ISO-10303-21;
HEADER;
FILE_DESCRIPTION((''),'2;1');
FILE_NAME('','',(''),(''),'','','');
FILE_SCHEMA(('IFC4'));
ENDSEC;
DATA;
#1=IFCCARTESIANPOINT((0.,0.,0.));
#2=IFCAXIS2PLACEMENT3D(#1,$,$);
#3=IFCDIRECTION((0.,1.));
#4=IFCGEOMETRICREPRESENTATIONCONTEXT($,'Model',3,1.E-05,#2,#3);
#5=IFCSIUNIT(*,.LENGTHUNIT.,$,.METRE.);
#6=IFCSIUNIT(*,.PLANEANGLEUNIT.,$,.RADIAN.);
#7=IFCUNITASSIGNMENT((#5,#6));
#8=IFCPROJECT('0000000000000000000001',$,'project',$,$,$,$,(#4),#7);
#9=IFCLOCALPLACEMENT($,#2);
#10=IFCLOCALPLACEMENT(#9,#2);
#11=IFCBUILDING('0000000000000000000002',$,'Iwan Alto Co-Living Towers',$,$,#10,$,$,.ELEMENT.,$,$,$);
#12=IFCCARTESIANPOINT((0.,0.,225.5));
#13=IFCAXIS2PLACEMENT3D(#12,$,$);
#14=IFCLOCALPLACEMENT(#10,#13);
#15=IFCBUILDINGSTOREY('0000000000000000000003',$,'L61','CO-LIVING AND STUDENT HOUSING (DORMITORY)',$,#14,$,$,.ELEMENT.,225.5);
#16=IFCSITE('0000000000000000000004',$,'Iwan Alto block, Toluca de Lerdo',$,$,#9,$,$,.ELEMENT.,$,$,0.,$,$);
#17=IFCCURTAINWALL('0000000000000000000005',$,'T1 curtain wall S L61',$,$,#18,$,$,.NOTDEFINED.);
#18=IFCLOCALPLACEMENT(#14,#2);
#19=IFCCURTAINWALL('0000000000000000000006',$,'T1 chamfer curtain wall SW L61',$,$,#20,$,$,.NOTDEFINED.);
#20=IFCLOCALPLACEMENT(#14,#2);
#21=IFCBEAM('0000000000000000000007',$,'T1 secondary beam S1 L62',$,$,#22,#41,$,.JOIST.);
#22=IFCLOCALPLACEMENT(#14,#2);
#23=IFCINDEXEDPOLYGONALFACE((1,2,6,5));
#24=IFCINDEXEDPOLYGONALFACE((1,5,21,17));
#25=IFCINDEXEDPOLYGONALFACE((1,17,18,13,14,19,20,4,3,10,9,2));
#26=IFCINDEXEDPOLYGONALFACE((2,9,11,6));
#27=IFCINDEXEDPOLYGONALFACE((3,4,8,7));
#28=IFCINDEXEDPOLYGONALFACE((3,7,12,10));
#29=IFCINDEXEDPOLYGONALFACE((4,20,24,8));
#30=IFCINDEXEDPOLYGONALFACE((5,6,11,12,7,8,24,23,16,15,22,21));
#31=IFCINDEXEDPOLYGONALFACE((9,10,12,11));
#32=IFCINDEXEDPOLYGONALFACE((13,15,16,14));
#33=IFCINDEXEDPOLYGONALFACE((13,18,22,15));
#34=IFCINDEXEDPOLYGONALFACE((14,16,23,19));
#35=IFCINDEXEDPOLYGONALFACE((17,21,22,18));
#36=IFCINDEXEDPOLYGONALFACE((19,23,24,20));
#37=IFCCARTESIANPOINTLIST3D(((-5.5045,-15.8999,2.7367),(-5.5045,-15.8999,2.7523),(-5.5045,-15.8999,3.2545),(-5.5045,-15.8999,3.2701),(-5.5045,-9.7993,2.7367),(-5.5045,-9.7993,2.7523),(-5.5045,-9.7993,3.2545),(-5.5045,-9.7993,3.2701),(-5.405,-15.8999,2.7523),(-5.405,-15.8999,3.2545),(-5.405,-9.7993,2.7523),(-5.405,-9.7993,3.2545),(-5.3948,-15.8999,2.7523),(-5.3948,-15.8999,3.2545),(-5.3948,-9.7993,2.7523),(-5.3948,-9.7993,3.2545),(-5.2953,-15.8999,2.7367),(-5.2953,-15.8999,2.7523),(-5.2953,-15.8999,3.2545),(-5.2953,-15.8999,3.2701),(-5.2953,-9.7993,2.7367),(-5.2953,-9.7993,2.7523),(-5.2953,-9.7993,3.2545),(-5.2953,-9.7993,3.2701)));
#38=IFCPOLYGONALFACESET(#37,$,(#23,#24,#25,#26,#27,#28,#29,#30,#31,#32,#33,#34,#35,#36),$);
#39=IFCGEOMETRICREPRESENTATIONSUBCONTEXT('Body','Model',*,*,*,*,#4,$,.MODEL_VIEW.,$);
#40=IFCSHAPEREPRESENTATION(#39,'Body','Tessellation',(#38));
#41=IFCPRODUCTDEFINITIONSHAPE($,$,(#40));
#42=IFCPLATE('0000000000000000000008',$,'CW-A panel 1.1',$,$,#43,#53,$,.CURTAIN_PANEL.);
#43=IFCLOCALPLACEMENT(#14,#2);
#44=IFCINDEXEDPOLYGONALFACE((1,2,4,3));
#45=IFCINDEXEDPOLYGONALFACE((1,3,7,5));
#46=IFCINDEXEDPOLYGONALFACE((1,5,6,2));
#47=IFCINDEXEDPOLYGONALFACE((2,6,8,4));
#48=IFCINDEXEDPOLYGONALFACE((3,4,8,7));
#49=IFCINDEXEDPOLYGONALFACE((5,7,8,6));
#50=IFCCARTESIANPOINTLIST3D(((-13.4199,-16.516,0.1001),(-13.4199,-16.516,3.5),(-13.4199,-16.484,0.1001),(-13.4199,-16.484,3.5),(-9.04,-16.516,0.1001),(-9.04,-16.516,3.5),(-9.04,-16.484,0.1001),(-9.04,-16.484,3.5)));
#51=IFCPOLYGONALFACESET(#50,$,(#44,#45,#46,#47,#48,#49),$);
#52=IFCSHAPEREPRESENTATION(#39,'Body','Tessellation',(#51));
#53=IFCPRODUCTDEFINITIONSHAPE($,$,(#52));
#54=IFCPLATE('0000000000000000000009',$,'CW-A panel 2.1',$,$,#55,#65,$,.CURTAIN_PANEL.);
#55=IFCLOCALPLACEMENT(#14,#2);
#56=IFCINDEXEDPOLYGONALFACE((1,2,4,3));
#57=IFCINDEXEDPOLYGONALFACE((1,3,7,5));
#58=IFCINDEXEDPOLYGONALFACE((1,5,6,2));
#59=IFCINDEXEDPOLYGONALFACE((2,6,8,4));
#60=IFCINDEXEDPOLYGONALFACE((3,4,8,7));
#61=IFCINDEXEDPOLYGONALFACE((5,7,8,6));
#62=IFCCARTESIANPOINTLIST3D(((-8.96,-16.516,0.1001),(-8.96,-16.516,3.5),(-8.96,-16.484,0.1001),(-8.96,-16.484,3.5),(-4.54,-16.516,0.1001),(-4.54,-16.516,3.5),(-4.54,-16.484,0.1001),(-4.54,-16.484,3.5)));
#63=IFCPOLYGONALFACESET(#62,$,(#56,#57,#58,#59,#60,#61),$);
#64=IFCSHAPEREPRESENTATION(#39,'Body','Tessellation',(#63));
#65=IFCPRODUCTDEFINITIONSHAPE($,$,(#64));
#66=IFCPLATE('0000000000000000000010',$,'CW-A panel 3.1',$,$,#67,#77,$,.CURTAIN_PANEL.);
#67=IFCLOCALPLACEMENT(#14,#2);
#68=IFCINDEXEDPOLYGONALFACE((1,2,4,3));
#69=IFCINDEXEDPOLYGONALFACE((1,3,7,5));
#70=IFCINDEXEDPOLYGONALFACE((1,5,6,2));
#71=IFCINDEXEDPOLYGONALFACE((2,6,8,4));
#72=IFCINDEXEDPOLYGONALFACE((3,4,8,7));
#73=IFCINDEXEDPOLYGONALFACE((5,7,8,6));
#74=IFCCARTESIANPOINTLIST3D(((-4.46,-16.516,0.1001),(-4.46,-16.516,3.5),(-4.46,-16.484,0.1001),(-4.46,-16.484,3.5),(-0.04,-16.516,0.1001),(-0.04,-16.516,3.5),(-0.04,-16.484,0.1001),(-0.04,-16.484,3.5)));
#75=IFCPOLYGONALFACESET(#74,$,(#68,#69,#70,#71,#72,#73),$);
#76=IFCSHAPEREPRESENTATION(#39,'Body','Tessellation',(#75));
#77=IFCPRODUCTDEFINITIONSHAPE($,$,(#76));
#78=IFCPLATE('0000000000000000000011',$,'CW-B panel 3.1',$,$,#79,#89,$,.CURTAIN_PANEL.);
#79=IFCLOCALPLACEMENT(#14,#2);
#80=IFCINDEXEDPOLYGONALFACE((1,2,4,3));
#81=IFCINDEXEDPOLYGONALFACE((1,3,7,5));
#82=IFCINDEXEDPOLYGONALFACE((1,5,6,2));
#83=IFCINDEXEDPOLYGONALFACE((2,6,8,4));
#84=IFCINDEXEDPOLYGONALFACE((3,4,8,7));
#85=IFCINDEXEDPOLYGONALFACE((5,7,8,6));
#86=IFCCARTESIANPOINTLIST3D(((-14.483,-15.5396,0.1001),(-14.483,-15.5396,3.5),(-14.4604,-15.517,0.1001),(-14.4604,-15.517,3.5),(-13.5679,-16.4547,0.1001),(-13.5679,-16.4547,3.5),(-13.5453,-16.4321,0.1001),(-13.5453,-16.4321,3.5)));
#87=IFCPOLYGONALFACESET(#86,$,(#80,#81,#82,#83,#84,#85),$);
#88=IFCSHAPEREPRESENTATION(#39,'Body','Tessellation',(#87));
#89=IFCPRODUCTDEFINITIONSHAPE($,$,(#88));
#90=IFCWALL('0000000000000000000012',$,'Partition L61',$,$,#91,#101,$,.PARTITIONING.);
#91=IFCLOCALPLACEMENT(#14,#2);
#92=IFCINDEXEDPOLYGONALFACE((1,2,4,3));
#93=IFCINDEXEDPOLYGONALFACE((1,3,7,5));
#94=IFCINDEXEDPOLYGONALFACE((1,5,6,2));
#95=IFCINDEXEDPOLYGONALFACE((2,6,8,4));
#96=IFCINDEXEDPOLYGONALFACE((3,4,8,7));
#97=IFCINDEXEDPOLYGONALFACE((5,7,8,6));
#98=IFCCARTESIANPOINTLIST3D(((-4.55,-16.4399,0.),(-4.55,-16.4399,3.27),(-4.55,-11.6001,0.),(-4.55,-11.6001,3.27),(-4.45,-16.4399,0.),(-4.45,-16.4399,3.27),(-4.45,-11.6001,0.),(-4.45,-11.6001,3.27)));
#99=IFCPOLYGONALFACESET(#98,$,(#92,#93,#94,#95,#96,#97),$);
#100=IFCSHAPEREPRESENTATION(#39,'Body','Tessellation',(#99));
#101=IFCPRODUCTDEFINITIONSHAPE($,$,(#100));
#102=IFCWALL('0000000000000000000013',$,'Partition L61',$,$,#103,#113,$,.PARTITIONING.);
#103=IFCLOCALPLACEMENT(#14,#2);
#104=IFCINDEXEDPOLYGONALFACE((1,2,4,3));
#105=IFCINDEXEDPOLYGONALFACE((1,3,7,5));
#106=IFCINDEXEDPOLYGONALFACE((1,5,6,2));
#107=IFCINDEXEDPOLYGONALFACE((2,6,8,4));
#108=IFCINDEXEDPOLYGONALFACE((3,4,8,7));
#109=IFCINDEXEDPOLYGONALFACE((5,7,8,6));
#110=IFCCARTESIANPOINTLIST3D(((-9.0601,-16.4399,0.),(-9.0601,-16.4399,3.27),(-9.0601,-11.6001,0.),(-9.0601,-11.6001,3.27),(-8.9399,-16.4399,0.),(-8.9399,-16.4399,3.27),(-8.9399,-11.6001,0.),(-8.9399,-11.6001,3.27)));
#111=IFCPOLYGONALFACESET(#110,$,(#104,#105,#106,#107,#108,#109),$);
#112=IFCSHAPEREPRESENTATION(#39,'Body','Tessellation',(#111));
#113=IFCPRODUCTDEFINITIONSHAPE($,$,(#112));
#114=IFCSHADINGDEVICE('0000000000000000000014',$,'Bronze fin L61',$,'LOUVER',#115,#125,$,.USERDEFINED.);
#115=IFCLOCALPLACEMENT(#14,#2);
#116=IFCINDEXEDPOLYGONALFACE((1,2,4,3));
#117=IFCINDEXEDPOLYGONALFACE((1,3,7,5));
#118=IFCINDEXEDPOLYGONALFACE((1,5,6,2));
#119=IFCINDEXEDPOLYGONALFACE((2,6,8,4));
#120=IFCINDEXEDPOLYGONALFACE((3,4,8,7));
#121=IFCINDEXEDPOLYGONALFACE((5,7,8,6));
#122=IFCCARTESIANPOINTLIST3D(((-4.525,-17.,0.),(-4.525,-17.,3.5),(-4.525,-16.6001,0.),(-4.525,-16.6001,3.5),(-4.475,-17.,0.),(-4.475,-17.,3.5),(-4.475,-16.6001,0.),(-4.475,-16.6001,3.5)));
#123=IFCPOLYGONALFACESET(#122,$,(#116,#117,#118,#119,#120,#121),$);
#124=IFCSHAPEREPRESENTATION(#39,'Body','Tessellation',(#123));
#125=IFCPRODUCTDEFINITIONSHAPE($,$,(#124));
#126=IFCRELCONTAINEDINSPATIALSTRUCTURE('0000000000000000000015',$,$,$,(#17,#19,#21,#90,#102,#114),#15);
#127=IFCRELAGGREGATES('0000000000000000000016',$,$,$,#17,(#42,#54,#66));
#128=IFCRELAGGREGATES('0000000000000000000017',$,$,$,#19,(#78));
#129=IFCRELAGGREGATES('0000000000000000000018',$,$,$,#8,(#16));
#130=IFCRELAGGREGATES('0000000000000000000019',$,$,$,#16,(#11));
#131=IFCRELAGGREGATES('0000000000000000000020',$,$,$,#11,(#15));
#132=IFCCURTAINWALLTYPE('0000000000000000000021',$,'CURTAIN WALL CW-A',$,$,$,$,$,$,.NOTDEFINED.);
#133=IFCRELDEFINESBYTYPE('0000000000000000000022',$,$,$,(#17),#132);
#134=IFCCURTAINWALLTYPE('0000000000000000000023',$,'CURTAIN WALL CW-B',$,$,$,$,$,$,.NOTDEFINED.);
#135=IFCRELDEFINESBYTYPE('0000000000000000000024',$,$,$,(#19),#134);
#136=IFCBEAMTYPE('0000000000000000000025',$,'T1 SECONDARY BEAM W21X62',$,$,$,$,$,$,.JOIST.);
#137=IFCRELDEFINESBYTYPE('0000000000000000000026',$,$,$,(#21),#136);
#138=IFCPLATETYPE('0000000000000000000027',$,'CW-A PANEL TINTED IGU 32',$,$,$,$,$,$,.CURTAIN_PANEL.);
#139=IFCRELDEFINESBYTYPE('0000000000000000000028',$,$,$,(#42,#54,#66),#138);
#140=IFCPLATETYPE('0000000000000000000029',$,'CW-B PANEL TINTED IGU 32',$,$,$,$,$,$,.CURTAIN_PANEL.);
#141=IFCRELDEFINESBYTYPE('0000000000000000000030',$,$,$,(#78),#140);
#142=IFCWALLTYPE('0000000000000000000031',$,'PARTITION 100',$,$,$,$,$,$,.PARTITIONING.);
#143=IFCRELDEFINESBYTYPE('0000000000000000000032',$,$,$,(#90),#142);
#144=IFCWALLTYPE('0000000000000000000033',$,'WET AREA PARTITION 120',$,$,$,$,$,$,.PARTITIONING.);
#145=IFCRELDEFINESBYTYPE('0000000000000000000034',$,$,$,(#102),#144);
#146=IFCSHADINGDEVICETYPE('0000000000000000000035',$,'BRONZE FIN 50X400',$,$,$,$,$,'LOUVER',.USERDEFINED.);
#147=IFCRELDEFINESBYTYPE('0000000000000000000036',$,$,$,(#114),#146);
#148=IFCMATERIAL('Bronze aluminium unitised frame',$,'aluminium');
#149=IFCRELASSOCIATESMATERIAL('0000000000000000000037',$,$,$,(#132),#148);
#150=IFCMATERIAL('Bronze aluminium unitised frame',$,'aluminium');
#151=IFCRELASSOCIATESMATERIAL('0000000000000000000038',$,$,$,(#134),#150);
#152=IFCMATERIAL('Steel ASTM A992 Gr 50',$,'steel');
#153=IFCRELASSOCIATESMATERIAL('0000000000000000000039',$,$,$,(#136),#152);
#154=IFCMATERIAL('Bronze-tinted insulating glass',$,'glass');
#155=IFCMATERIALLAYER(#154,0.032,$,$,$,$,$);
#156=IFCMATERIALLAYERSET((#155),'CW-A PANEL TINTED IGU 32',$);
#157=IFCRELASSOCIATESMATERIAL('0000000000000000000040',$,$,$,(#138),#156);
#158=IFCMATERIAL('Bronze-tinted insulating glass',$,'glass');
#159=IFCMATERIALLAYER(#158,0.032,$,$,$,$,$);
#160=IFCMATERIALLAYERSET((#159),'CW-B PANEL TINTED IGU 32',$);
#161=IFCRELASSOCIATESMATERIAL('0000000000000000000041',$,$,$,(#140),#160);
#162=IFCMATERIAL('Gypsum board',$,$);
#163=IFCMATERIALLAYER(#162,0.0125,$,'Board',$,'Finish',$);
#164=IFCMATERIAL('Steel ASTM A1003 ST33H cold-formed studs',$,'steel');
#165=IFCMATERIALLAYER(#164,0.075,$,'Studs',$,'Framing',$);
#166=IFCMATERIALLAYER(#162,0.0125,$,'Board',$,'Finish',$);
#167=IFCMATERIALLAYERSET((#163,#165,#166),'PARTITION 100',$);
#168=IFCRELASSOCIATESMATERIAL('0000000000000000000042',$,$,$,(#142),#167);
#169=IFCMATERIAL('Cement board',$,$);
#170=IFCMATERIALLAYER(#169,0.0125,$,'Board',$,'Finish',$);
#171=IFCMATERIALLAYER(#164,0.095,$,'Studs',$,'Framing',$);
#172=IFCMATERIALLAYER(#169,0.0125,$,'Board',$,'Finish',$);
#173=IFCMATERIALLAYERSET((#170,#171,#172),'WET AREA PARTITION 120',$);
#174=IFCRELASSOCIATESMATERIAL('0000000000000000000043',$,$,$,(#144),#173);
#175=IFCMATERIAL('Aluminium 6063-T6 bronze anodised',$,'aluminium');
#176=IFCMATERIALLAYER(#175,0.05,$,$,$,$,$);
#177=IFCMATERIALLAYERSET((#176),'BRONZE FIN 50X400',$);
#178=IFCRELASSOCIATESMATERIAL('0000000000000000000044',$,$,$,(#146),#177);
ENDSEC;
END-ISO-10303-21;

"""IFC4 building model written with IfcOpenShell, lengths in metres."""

from ifc_helpers import new_model, si_unit, direction, frame, frame_2d, origin, origin_2d, place, context, subcontext, project, spatial, rectangle, i_section, extrude, material, layer, layer_set, material_profile, profile_set, type_object, element, aggregate, save


model = new_model("IFC4")

# Units and contexts
model_context = context("Model", 3, precision=1e-05, world=origin(), true_north=direction((0.0, 1.0)))
body_context = subcontext(model_context, "Body", "Model", "MODEL_VIEW")
ifc_project = project(units=[si_unit("LENGTHUNIT", "METRE"), si_unit("PLANEANGLEUNIT", "RADIAN")], contexts=[model_context])

# Site, building, storey
site_placement = place(None, origin())
site = spatial("IfcSite", under=ifc_project, at=site_placement, Name="Iwan Alto block, Toluca de Lerdo", CompositionType="ELEMENT", RefElevation=0.0)
building_placement = place(site_placement, origin())
building = spatial("IfcBuilding", under=site, at=building_placement, Name="Iwan Alto Co-Living Towers", CompositionType="ELEMENT")
storey_placement = place(building_placement, frame((0.0, 0.0, 225.5)))
storey = spatial("IfcBuildingStorey", under=building, at=storey_placement, Name="L61", Description="CO-LIVING AND STUDENT HOUSING (DORMITORY)", CompositionType="ELEMENT", Elevation=225.5)

# Curtain wall
ifc_material_1 = material(Name="Bronze aluminium unitised frame", Category="aluminium")
curtain_wall_type_1 = type_object("IfcCurtainWallType", Name="CURTAIN WALL CW-A", PredefinedType="NOTDEFINED", material=ifc_material_1)
curtain_wall_1_placement = place(storey_placement, origin())
curtain_wall_1 = element("IfcCurtainWall", 1, at=curtain_wall_1_placement, inside=storey, type_object=curtain_wall_type_1, Name="T1 curtain wall S L61", PredefinedType="NOTDEFINED")

# Curtain wall
ifc_material_2 = material(Name="Bronze aluminium unitised frame", Category="aluminium")
curtain_wall_type_2 = type_object("IfcCurtainWallType", Name="CURTAIN WALL CW-B", PredefinedType="NOTDEFINED", material=ifc_material_2)
curtain_wall_2_placement = place(storey_placement, origin())
curtain_wall_2 = element("IfcCurtainWall", 2, at=curtain_wall_2_placement, inside=storey, type_object=curtain_wall_type_2, Name="T1 chamfer curtain wall SW L61", PredefinedType="NOTDEFINED")

# Beam
ifc_material_3 = material(Name="Steel ASTM A992 Gr 50", Category="steel")
ifc_material_profile_1 = material_profile(ifc_material_3, i_section(OverallWidth=0.2092, OverallDepth=0.5334, WebThickness=0.0103, FlangeThickness=0.0156, at=origin_2d()), Name="W21X62")
ifc_profile_set_1 = profile_set([ifc_material_profile_1], Name="Steel ASTM A992 Gr 50")
beam_type_1 = type_object("IfcBeamType", Name="T1 SECONDARY BEAM W21X62", PredefinedType="JOIST", material=ifc_profile_set_1)
beam_1_placement = place(storey_placement, frame((-5.3999, -15.8999, 3.0034), z_axis=(0.0, 1.0, 0.0), x_axis=(-1.0, 0.0, 0.0)))
element("IfcBeam", 3, at=beam_1_placement, inside=storey, type_object=beam_type_1, Name="T1 secondary beam S1 L62", PredefinedType="JOIST", context=body_context, shape_type="SweptSolid", body=[
    extrude(i_section(OverallWidth=0.2092, OverallDepth=0.5334, WebThickness=0.0103, FlangeThickness=0.0156, at=origin_2d()), origin(), (0.0, 0.0, 1.0), 6.1006),
])

# Plates
ifc_material_4 = material(Name="Bronze-tinted insulating glass", Category="glass")
ifc_layer_1 = layer(ifc_material_4, 0.032)
ifc_layer_set_1 = layer_set([ifc_layer_1], Name="CW-A PANEL TINTED IGU 32")
plate_type_1 = type_object("IfcPlateType", Name="CW-A PANEL TINTED IGU 32", PredefinedType="CURTAIN_PANEL", material=ifc_layer_set_1)
plate_1_placement = place(storey_placement, frame((-11.23, -16.5, 0.1001), z_axis=(0.0, 0.0, 1.0), x_axis=(1.0, 0.0, 0.0)))
plate_1 = element("IfcPlate", 4, at=plate_1_placement, type_object=plate_type_1, Name="CW-A panel 1.1", PredefinedType="CURTAIN_PANEL", context=body_context, shape_type="SweptSolid", body=[
    extrude(rectangle(XDim=4.3799, YDim=0.032, at=origin_2d()), origin(), (0.0, 0.0, 1.0), 3.3999),
])
plate_2_placement = place(storey_placement, frame((-6.75, -16.5, 0.1001), z_axis=(0.0, 0.0, 1.0), x_axis=(1.0, 0.0, 0.0)))
plate_2 = element("IfcPlate", 5, at=plate_2_placement, type_object=plate_type_1, Name="CW-A panel 2.1", PredefinedType="CURTAIN_PANEL", context=body_context, shape_type="SweptSolid", body=[
    extrude(rectangle(XDim=4.4199, YDim=0.032, at=origin_2d()), origin(), (0.0, 0.0, 1.0), 3.3999),
])
plate_3_placement = place(storey_placement, frame((-2.25, -16.5, 0.1001), z_axis=(0.0, 0.0, 1.0), x_axis=(1.0, 0.0, 0.0)))
plate_3 = element("IfcPlate", 6, at=plate_3_placement, type_object=plate_type_1, Name="CW-A panel 3.1", PredefinedType="CURTAIN_PANEL", context=body_context, shape_type="SweptSolid", body=[
    extrude(rectangle(XDim=4.4199, YDim=0.032, at=origin_2d()), origin(), (0.0, 0.0, 1.0), 3.3999),
])
aggregate(curtain_wall_1, [plate_1, plate_2, plate_3])
ifc_material_5 = material(Name="Bronze-tinted insulating glass", Category="glass")
ifc_layer_2 = layer(ifc_material_5, 0.032)
ifc_layer_set_2 = layer_set([ifc_layer_2], Name="CW-B PANEL TINTED IGU 32")
plate_type_2 = type_object("IfcPlateType", Name="CW-B PANEL TINTED IGU 32", PredefinedType="CURTAIN_PANEL", material=ifc_layer_set_2)
plate_4_placement = place(storey_placement, frame((-14.0142, -15.9858, 0.1001), z_axis=(0.0, 0.0, 1.0), x_axis=(0.707107, -0.707107, 0.0)))
plate_4 = element("IfcPlate", 7, at=plate_4_placement, type_object=plate_type_2, Name="CW-B panel 3.1", PredefinedType="CURTAIN_PANEL", context=body_context, shape_type="SweptSolid", body=[
    extrude(rectangle(XDim=1.2942, YDim=0.032, at=origin_2d()), origin(), (0.0, 0.0, 1.0), 3.3999),
])
aggregate(curtain_wall_2, [plate_4])

# Walls
ifc_material_6 = material(Name="Gypsum board")
ifc_layer_3 = layer(ifc_material_6, 0.0125, Name="Board", Category="Finish")
ifc_material_7 = material(Name="Steel ASTM A1003 ST33H cold-formed studs", Category="steel")
ifc_layer_4 = layer(ifc_material_7, 0.075, Name="Studs", Category="Framing")
ifc_layer_5 = layer(ifc_material_6, 0.0125, Name="Board", Category="Finish")
ifc_layer_set_3 = layer_set([ifc_layer_3, ifc_layer_4, ifc_layer_5], Name="PARTITION 100")
wall_type_1 = type_object("IfcWallType", Name="PARTITION 100", PredefinedType="PARTITIONING", material=ifc_layer_set_3)
wall_1_placement = place(storey_placement, frame((-4.5, -16.4399, 0.0), z_axis=(0.0, 0.0, 1.0), x_axis=(0.0, 1.0, 0.0)))
element("IfcWall", 8, at=wall_1_placement, inside=storey, type_object=wall_type_1, Name="Partition L61", PredefinedType="PARTITIONING", context=body_context, shape_type="SweptSolid", body=[
    extrude(rectangle(XDim=4.8398, YDim=0.1001, at=frame_2d((2.4199, 0.0))), origin(), (0.0, 0.0, 1.0), 3.27),
])
ifc_material_8 = material(Name="Cement board")
ifc_layer_6 = layer(ifc_material_8, 0.0125, Name="Board", Category="Finish")
ifc_layer_7 = layer(ifc_material_7, 0.095, Name="Studs", Category="Framing")
ifc_layer_8 = layer(ifc_material_8, 0.0125, Name="Board", Category="Finish")
ifc_layer_set_4 = layer_set([ifc_layer_6, ifc_layer_7, ifc_layer_8], Name="WET AREA PARTITION 120")
wall_type_2 = type_object("IfcWallType", Name="WET AREA PARTITION 120", PredefinedType="PARTITIONING", material=ifc_layer_set_4)
wall_2_placement = place(storey_placement, frame((-9.0, -16.4399, 0.0), z_axis=(0.0, 0.0, 1.0), x_axis=(0.0, 1.0, 0.0)))
element("IfcWall", 9, at=wall_2_placement, inside=storey, type_object=wall_type_2, Name="Partition L61", PredefinedType="PARTITIONING", context=body_context, shape_type="SweptSolid", body=[
    extrude(rectangle(XDim=4.8398, YDim=0.1201, at=frame_2d((2.4199, 0.0))), origin(), (0.0, 0.0, 1.0), 3.27),
])

# Shading device
ifc_material_9 = material(Name="Aluminium 6063-T6 bronze anodised", Category="aluminium")
ifc_layer_9 = layer(ifc_material_9, 0.05)
ifc_layer_set_5 = layer_set([ifc_layer_9], Name="BRONZE FIN 50X400")
shading_device_type = type_object("IfcShadingDeviceType", Name="BRONZE FIN 50X400", ElementType="LOUVER", PredefinedType="USERDEFINED", material=ifc_layer_set_5)
shading_device_placement = place(storey_placement, frame((-4.5, -16.8, 0.0), z_axis=(0.0, 0.0, 1.0), x_axis=(1.0, 0.0, 0.0)))
element("IfcShadingDevice", 10, at=shading_device_placement, inside=storey, type_object=shading_device_type, Name="Bronze fin L61", ObjectType="LOUVER", PredefinedType="USERDEFINED", context=body_context, shape_type="SweptSolid", body=[
    extrude(rectangle(XDim=0.05, YDim=0.3999, at=origin_2d()), origin(), (0.0, 0.0, 1.0), 3.5),
])

save(model, "model.ifc")
